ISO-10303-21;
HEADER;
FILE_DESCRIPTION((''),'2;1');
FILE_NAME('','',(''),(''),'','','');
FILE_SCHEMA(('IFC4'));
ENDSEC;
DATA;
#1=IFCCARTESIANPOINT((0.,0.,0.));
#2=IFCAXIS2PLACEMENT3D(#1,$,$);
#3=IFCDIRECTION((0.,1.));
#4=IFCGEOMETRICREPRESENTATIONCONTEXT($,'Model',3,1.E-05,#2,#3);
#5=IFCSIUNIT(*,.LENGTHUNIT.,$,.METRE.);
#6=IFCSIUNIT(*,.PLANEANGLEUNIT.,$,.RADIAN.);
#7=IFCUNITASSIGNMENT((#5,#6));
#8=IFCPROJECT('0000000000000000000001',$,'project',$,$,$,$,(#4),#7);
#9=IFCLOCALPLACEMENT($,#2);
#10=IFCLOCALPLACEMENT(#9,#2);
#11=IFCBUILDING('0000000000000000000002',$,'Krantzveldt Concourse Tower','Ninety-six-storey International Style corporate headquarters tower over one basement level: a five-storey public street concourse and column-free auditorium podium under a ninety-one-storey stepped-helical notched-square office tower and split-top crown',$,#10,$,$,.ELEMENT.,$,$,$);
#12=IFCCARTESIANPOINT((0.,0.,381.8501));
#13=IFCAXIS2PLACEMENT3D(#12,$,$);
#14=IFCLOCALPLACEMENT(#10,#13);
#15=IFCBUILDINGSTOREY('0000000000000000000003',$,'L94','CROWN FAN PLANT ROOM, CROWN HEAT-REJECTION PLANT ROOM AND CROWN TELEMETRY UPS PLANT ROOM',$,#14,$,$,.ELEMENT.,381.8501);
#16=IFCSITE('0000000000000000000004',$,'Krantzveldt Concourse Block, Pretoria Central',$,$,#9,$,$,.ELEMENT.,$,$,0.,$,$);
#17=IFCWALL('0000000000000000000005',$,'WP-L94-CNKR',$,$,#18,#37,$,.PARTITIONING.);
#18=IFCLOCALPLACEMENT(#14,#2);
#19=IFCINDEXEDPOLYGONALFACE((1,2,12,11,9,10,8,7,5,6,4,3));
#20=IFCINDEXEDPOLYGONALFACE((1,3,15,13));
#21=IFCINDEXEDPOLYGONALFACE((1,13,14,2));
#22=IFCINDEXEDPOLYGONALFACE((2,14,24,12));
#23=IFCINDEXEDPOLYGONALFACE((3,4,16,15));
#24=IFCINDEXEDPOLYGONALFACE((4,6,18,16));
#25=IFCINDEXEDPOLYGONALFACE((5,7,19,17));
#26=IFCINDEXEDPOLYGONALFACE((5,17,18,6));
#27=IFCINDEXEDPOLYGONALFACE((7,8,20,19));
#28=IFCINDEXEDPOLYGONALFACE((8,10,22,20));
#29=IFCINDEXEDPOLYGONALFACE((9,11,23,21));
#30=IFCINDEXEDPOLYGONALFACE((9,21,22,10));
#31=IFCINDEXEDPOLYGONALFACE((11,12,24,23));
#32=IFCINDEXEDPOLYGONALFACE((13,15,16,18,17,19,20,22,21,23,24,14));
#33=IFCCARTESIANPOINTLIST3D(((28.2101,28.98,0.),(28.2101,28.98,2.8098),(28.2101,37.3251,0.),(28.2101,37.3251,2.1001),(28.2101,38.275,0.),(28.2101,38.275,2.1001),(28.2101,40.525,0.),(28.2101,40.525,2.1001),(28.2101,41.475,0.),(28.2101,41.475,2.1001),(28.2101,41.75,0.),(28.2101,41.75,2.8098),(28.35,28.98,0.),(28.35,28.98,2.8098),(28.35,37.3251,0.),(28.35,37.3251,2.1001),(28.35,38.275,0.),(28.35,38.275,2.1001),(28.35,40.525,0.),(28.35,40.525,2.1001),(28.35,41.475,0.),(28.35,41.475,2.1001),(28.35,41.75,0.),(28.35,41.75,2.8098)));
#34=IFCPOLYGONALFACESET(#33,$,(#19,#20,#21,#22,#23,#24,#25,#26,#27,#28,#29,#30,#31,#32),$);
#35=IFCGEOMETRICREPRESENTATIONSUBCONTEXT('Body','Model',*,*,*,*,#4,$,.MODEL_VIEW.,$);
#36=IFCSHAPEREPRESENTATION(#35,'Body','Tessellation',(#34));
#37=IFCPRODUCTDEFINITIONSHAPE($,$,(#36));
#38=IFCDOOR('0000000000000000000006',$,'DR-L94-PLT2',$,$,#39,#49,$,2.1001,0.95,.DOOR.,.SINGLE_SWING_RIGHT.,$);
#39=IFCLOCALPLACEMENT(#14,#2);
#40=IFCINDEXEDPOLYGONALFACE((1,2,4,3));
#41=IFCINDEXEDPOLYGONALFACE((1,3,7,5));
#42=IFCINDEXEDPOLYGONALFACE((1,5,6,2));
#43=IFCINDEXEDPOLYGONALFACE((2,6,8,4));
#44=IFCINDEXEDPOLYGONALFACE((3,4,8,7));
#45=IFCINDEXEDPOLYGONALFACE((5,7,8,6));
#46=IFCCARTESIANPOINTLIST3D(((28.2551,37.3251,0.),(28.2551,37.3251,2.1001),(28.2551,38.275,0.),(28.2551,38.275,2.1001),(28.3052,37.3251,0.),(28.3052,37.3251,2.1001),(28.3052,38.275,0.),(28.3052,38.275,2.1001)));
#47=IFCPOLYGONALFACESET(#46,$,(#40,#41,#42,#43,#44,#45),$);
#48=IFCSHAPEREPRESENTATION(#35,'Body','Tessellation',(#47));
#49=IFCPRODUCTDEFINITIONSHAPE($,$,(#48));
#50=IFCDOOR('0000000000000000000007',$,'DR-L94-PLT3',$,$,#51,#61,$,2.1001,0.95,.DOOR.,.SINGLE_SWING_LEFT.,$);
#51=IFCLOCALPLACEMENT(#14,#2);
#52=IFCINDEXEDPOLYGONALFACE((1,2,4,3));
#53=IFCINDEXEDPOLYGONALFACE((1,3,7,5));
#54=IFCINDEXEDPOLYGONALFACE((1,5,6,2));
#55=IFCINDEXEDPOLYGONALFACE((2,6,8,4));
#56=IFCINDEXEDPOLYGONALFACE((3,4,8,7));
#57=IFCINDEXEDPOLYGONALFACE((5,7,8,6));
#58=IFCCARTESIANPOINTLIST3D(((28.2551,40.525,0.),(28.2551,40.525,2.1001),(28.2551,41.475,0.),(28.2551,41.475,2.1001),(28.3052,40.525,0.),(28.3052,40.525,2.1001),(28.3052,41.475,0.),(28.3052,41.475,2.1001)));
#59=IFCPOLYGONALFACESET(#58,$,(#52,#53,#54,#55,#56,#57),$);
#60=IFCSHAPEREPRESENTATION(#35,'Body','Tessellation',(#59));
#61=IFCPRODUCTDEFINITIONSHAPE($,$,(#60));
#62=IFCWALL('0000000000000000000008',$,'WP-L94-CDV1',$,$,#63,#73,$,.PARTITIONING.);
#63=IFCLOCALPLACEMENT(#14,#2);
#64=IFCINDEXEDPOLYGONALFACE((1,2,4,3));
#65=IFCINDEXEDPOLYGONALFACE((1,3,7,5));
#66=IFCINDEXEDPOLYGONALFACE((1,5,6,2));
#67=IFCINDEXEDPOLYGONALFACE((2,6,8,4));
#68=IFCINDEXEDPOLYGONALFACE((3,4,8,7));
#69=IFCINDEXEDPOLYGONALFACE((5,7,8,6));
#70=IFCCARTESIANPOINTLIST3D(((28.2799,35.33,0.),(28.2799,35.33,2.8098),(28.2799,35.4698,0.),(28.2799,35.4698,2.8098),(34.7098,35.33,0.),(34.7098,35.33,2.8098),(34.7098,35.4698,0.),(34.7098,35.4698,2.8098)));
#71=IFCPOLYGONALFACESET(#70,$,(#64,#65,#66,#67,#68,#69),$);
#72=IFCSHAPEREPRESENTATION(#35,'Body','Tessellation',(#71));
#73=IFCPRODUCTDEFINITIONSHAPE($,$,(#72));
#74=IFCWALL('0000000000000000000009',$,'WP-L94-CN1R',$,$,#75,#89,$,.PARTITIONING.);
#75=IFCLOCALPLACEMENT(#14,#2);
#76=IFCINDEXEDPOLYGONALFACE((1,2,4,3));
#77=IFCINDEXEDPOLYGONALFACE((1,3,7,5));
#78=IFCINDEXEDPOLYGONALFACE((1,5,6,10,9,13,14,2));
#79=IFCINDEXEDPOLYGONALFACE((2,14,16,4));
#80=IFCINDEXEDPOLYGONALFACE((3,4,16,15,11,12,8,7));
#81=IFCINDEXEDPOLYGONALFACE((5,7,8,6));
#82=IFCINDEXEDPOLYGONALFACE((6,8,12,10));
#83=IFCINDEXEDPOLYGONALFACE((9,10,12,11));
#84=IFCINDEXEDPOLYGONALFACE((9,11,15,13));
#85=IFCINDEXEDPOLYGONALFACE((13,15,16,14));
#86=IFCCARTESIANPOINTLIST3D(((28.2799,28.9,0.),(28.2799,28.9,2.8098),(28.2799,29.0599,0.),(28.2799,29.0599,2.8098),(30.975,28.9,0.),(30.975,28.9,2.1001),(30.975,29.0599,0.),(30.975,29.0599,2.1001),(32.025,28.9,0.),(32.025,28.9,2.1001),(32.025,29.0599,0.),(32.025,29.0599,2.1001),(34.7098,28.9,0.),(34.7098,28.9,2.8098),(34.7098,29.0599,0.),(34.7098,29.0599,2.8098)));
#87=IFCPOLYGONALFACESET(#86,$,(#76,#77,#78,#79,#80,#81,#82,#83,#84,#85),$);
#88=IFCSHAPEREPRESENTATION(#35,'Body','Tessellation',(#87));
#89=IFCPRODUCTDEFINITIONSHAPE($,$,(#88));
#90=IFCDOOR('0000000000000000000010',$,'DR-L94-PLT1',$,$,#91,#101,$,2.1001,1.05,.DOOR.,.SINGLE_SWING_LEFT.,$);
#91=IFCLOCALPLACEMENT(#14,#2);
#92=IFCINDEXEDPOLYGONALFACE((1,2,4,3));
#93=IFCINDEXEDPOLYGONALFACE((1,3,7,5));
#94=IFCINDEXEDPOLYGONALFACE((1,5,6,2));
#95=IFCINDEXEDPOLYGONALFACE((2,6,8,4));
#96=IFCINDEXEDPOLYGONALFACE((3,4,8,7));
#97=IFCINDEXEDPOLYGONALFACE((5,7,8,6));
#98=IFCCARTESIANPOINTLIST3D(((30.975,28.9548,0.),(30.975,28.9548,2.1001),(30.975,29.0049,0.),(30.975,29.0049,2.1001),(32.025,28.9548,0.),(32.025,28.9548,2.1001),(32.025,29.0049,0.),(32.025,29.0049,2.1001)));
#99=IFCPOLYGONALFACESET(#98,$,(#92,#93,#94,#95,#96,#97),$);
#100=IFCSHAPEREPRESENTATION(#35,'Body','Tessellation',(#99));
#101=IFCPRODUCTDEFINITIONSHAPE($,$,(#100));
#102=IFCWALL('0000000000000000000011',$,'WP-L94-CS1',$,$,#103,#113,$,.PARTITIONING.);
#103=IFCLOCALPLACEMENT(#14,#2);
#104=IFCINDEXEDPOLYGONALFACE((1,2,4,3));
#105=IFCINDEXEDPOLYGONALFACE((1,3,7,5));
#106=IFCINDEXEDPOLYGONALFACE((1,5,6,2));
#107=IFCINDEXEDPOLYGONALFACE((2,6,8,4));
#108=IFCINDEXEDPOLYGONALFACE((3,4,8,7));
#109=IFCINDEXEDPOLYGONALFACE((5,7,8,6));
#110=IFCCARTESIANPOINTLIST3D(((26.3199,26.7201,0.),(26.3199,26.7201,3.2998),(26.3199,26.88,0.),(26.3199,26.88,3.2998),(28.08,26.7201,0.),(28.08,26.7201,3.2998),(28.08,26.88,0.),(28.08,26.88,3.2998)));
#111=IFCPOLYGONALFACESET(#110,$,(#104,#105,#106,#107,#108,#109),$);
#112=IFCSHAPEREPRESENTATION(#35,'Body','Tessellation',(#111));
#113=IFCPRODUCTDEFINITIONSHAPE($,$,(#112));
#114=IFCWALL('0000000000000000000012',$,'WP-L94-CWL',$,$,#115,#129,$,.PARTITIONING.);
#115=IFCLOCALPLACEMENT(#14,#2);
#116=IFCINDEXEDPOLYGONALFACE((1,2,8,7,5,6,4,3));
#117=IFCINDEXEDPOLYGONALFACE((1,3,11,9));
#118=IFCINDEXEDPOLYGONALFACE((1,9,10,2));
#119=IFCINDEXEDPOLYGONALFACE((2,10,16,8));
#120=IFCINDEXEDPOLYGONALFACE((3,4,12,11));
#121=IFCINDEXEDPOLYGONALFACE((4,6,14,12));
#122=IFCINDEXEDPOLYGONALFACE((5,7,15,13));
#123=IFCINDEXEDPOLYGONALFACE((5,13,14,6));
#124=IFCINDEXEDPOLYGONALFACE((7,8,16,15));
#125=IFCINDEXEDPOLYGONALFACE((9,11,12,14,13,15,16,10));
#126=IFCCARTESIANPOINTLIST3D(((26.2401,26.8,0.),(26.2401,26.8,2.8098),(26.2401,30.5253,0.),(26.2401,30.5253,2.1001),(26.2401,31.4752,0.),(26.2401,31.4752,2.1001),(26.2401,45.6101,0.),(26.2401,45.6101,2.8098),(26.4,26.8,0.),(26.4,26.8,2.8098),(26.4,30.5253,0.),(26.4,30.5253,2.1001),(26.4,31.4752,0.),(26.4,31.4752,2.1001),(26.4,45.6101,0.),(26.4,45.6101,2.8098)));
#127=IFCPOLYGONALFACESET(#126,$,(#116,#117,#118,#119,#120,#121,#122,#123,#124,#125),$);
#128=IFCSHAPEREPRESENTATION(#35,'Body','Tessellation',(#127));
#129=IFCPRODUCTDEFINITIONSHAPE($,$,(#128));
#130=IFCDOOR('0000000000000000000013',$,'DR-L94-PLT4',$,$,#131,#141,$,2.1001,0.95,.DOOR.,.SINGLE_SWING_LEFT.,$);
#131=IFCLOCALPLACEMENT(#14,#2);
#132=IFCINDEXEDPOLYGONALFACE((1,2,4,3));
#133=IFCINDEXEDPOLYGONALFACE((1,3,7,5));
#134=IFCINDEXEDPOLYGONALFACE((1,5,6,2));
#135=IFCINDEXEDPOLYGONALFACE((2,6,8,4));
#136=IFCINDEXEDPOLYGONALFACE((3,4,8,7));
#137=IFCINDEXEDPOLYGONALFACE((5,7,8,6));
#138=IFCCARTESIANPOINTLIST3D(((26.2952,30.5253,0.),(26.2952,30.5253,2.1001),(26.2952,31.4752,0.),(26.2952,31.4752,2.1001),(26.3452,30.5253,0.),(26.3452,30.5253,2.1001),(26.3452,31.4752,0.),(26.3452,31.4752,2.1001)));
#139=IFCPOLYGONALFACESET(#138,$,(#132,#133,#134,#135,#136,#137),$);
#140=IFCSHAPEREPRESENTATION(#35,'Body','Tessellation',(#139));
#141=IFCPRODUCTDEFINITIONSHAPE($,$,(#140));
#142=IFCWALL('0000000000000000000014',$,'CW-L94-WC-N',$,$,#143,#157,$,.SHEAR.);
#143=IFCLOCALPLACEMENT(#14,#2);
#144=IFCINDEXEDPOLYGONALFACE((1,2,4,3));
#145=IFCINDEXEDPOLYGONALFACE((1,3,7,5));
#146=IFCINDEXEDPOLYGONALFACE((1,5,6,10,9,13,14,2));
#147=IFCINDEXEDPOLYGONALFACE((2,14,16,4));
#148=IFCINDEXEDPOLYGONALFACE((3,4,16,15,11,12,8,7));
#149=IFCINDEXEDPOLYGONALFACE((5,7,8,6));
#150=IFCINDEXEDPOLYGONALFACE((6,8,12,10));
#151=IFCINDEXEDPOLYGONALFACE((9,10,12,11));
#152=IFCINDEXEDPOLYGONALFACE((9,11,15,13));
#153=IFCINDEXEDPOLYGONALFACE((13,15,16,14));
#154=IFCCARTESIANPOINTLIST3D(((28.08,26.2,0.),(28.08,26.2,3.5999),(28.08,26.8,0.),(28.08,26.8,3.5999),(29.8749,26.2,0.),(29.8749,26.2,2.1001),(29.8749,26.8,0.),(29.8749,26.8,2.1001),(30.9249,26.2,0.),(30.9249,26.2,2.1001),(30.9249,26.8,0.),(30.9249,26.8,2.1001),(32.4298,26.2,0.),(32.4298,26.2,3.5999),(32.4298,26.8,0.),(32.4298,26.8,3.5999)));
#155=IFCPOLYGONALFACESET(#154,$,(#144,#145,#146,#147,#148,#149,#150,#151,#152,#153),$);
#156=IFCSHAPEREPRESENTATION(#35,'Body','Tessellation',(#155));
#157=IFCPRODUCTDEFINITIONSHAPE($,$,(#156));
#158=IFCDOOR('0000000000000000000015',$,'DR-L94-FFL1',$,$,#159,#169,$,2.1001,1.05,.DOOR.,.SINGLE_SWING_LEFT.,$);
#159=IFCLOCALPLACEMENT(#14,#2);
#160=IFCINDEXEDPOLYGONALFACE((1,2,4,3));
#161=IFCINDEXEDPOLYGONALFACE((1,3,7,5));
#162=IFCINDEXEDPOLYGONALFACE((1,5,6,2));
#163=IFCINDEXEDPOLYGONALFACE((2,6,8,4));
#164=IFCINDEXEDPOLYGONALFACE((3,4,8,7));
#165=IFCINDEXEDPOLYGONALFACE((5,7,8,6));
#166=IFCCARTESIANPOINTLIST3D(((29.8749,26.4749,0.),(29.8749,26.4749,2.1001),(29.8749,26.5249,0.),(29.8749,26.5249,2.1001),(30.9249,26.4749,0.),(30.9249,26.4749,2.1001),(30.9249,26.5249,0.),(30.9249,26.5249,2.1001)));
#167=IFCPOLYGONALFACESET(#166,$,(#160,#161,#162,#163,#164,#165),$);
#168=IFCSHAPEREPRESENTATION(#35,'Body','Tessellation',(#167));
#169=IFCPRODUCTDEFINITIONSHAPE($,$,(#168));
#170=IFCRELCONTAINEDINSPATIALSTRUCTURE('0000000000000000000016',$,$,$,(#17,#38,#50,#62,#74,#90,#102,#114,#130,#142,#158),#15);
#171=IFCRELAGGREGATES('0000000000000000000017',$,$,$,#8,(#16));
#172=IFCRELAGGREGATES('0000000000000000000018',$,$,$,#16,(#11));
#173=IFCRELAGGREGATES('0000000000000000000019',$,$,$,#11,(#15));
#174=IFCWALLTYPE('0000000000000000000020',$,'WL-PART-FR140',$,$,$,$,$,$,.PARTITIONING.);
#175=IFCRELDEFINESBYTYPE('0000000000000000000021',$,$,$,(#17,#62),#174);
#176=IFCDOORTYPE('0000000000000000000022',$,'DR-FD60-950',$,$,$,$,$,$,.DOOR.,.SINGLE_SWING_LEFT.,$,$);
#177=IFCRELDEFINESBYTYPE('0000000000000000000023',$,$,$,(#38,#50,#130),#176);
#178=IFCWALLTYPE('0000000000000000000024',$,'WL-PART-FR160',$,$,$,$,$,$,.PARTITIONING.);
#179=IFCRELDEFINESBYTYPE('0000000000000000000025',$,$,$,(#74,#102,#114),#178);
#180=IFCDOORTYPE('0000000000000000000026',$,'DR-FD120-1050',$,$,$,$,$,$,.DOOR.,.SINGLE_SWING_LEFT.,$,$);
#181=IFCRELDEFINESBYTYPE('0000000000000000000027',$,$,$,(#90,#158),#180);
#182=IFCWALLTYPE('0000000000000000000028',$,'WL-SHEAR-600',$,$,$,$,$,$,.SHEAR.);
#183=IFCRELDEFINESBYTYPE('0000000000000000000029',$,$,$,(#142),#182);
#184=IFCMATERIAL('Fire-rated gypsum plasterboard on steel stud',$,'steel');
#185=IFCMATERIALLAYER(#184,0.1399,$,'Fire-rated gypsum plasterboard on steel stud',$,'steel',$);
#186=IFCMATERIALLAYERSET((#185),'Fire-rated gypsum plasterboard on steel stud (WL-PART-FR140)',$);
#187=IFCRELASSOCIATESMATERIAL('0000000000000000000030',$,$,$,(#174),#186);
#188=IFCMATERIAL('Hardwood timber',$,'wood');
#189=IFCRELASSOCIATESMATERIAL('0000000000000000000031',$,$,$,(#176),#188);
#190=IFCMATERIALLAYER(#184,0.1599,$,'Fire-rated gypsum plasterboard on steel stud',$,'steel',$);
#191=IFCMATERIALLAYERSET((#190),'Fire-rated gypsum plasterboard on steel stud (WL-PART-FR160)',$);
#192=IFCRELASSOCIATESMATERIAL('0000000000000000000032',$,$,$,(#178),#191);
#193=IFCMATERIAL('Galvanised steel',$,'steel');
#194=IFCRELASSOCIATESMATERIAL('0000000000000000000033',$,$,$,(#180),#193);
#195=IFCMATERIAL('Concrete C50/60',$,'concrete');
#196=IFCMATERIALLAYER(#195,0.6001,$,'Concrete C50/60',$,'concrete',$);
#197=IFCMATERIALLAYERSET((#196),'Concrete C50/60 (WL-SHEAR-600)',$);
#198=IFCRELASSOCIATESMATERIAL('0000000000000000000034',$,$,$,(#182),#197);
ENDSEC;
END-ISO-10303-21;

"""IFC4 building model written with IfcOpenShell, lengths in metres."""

from ifc_helpers import new_model, si_unit, direction, frame, frame_2d, origin, place, context, subcontext, project, spatial, rectangle, extrude, material, layer, layer_set, type_object, element, fill, save


model = new_model("IFC4")

# Units and contexts
model_context = context("Model", 3, precision=1e-05, world=origin(), true_north=direction((0.0, 1.0)))
body_context = subcontext(model_context, "Body", "Model", "MODEL_VIEW")
ifc_project = project(units=[si_unit("LENGTHUNIT", "METRE"), si_unit("PLANEANGLEUNIT", "RADIAN")], contexts=[model_context])

# Site, building, storey
site_placement = place(None, origin())
site = spatial("IfcSite", under=ifc_project, at=site_placement, Name="Krantzveldt Concourse Block, Pretoria Central", CompositionType="ELEMENT", RefElevation=0.0)
building_placement = place(site_placement, origin())
building = spatial("IfcBuilding", under=site, at=building_placement, Name="Krantzveldt Concourse Tower", Description="Ninety-six-storey International Style corporate headquarters tower over one basement level: a five-storey public street concourse and column-free auditorium podium under a ninety-one-storey stepped-helical notched-square office tower and split-top crown", CompositionType="ELEMENT")
storey_placement = place(building_placement, frame((0.0, 0.0, 381.8501)))
storey = spatial("IfcBuildingStorey", under=building, at=storey_placement, Name="L94", Description="CROWN FAN PLANT ROOM, CROWN HEAT-REJECTION PLANT ROOM AND CROWN TELEMETRY UPS PLANT ROOM", CompositionType="ELEMENT", Elevation=381.8501)

# Shared definitions
ifc_material_1 = material(Name="Fire-rated gypsum plasterboard on steel stud", Category="steel")
ifc_layer_1 = layer(ifc_material_1, 0.1399, Name="Fire-rated gypsum plasterboard on steel stud", Category="steel")
ifc_layer_set_1 = layer_set([ifc_layer_1], Name="Fire-rated gypsum plasterboard on steel stud (WL-PART-FR140)")
wall_type_1 = type_object("IfcWallType", Name="WL-PART-FR140", PredefinedType="PARTITIONING", material=ifc_layer_set_1)

# Wall, openings, doors
wall_1_placement = place(storey_placement, frame((28.28, 28.98, 0.0), z_axis=(0.0, 0.0, 1.0), x_axis=(0.0, 1.0, 0.0)))
wall_1 = element("IfcWall", 1, at=wall_1_placement, inside=storey, type_object=wall_type_1, Name="WP-L94-CNKR", PredefinedType="PARTITIONING", context=body_context, shape_type="SweptSolid", body=[
    extrude(rectangle(XDim=12.77, YDim=0.1399, at=frame_2d((6.385, 0.0))), origin(), (0.0, 0.0, 1.0), 2.8098),
])
opening_1_placement = place(wall_1_placement, frame((8.345, 0.0, 0.0)))
opening_1 = element("IfcOpeningElement", 2, at=opening_1_placement, cuts=wall_1, PredefinedType="OPENING", context=body_context, shape_type="SweptSolid", body=[
    extrude(rectangle(XDim=0.95, YDim=2.1001, at=frame_2d((0.4751, 1.05))), frame((0.0, 0.0801, 0.0), z_axis=(0.0, -1.0, 0.0), x_axis=(1.0, 0.0, 0.0)), (0.0, 0.0, 1.0), 0.1599),
])
opening_2_placement = place(wall_1_placement, frame((11.5449, 0.0, 0.0)))
opening_2 = element("IfcOpeningElement", 3, at=opening_2_placement, cuts=wall_1, PredefinedType="OPENING", context=body_context, shape_type="SweptSolid", body=[
    extrude(rectangle(XDim=0.95, YDim=2.1001, at=frame_2d((0.4751, 1.05))), frame((0.0, 0.0801, 0.0), z_axis=(0.0, -1.0, 0.0), x_axis=(1.0, 0.0, 0.0)), (0.0, 0.0, 1.0), 0.1599),
])
ifc_material_2 = material(Name="Hardwood timber", Category="wood")
door_type_1 = type_object("IfcDoorType", Name="DR-FD60-950", OperationType="SINGLE_SWING_LEFT", PredefinedType="DOOR", material=ifc_material_2)
door_1_placement = place(opening_1_placement, origin())
door_1 = element("IfcDoor", 4, at=door_1_placement, inside=storey, type_object=door_type_1, Name="DR-L94-PLT2", OperationType="SINGLE_SWING_RIGHT", OverallHeight=2.1001, OverallWidth=0.95, PredefinedType="DOOR", context=body_context, shape_type="SweptSolid", body=[
    extrude(rectangle(XDim=0.95, YDim=2.1001, at=frame_2d((0.4751, 1.05))), frame((0.0, 0.0249, 0.0), z_axis=(0.0, -1.0, 0.0), x_axis=(1.0, 0.0, 0.0)), (0.0, 0.0, 1.0), 0.05),
])
fill(opening_1, door_1)
door_2_placement = place(opening_2_placement, origin())
door_2 = element("IfcDoor", 5, at=door_2_placement, inside=storey, type_object=door_type_1, Name="DR-L94-PLT3", OperationType="SINGLE_SWING_LEFT", OverallHeight=2.1001, OverallWidth=0.95, PredefinedType="DOOR", context=body_context, shape_type="SweptSolid", body=[
    extrude(rectangle(XDim=0.95, YDim=2.1001, at=frame_2d((0.4751, 1.05))), frame((0.0, 0.0249, 0.0), z_axis=(0.0, -1.0, 0.0), x_axis=(1.0, 0.0, 0.0)), (0.0, 0.0, 1.0), 0.05),
])
fill(opening_2, door_2)

# Wall
wall_2_placement = place(storey_placement, frame((28.28, 35.3999, 0.0), z_axis=(0.0, 0.0, 1.0), x_axis=(1.0, 0.0, 0.0)))
element("IfcWall", 6, at=wall_2_placement, inside=storey, type_object=wall_type_1, Name="WP-L94-CDV1", PredefinedType="PARTITIONING", context=body_context, shape_type="SweptSolid", body=[
    extrude(rectangle(XDim=6.4299, YDim=0.1399, at=frame_2d((3.2148, 0.0))), origin(), (0.0, 0.0, 1.0), 2.8098),
])

# Wall, opening, door
ifc_layer_2 = layer(ifc_material_1, 0.1599, Name="Fire-rated gypsum plasterboard on steel stud", Category="steel")
ifc_layer_set_2 = layer_set([ifc_layer_2], Name="Fire-rated gypsum plasterboard on steel stud (WL-PART-FR160)")
wall_type_2 = type_object("IfcWallType", Name="WL-PART-FR160", PredefinedType="PARTITIONING", material=ifc_layer_set_2)
wall_3_placement = place(storey_placement, frame((28.28, 28.98, 0.0), z_axis=(0.0, 0.0, 1.0), x_axis=(1.0, 0.0, 0.0)))
wall_3 = element("IfcWall", 7, at=wall_3_placement, inside=storey, type_object=wall_type_2, Name="WP-L94-CN1R", PredefinedType="PARTITIONING", context=body_context, shape_type="SweptSolid", body=[
    extrude(rectangle(XDim=6.4299, YDim=0.1599, at=frame_2d((3.2148, 0.0))), origin(), (0.0, 0.0, 1.0), 2.8098),
])
opening_3_placement = place(wall_3_placement, frame((2.6951, 0.0, 0.0)))
opening_3 = element("IfcOpeningElement", 8, at=opening_3_placement, cuts=wall_3, PredefinedType="OPENING", context=body_context, shape_type="SweptSolid", body=[
    extrude(rectangle(XDim=1.05, YDim=2.1001, at=frame_2d((0.5249, 1.05))), frame((0.0, 0.0898, 0.0), z_axis=(0.0, -1.0, 0.0), x_axis=(1.0, 0.0, 0.0)), (0.0, 0.0, 1.0), 0.1799),
])
ifc_material_3 = material(Name="Galvanised steel", Category="steel")
door_type_2 = type_object("IfcDoorType", Name="DR-FD120-1050", OperationType="SINGLE_SWING_LEFT", PredefinedType="DOOR", material=ifc_material_3)
door_3_placement = place(opening_3_placement, origin())
door_3 = element("IfcDoor", 9, at=door_3_placement, inside=storey, type_object=door_type_2, Name="DR-L94-PLT1", OperationType="SINGLE_SWING_LEFT", OverallHeight=2.1001, OverallWidth=1.05, PredefinedType="DOOR", context=body_context, shape_type="SweptSolid", body=[
    extrude(rectangle(XDim=1.05, YDim=2.1001, at=frame_2d((0.5249, 1.05))), frame((0.0, 0.0249, 0.0), z_axis=(0.0, -1.0, 0.0), x_axis=(1.0, 0.0, 0.0)), (0.0, 0.0, 1.0), 0.05),
])
fill(opening_3, door_3)

# Wall
wall_4_placement = place(storey_placement, frame((26.3201, 26.8, 0.0), z_axis=(0.0, 0.0, 1.0), x_axis=(1.0, 0.0, 0.0)))
element("IfcWall", 10, at=wall_4_placement, inside=storey, type_object=wall_type_2, Name="WP-L94-CS1", PredefinedType="PARTITIONING", context=body_context, shape_type="SweptSolid", body=[
    extrude(rectangle(XDim=1.76, YDim=0.1599, at=frame_2d((0.8799, 0.0))), origin(), (0.0, 0.0, 1.0), 3.2998),
])

# Walls, openings, doors
wall_5_placement = place(storey_placement, frame((26.3201, 26.8, 0.0), z_axis=(0.0, 0.0, 1.0), x_axis=(0.0, 1.0, 0.0)))
wall_5 = element("IfcWall", 11, at=wall_5_placement, inside=storey, type_object=wall_type_2, Name="WP-L94-CWL", PredefinedType="PARTITIONING", context=body_context, shape_type="SweptSolid", body=[
    extrude(rectangle(XDim=18.8101, YDim=0.1599, at=frame_2d((9.405, 0.0))), origin(), (0.0, 0.0, 1.0), 2.8098),
])
opening_4_placement = place(wall_5_placement, frame((3.7251, 0.0, 0.0)))
opening_4 = element("IfcOpeningElement", 12, at=opening_4_placement, cuts=wall_5, PredefinedType="OPENING", context=body_context, shape_type="SweptSolid", body=[
    extrude(rectangle(XDim=0.95, YDim=2.1001, at=frame_2d((0.4751, 1.05))), frame((0.0, 0.0898, 0.0), z_axis=(0.0, -1.0, 0.0), x_axis=(1.0, 0.0, 0.0)), (0.0, 0.0, 1.0), 0.1799),
])
door_4_placement = place(opening_4_placement, origin())
door_4 = element("IfcDoor", 13, at=door_4_placement, inside=storey, type_object=door_type_1, Name="DR-L94-PLT4", OperationType="SINGLE_SWING_LEFT", OverallHeight=2.1001, OverallWidth=0.95, PredefinedType="DOOR", context=body_context, shape_type="SweptSolid", body=[
    extrude(rectangle(XDim=0.95, YDim=2.1001, at=frame_2d((0.4751, 1.05))), frame((0.0, 0.0249, 0.0), z_axis=(0.0, -1.0, 0.0), x_axis=(1.0, 0.0, 0.0)), (0.0, 0.0, 1.0), 0.05),
])
fill(opening_4, door_4)
ifc_material_4 = material(Name="Concrete C50/60", Category="concrete")
ifc_layer_3 = layer(ifc_material_4, 0.6001, Name="Concrete C50/60", Category="concrete")
ifc_layer_set_3 = layer_set([ifc_layer_3], Name="Concrete C50/60 (WL-SHEAR-600)")
wall_type_3 = type_object("IfcWallType", Name="WL-SHEAR-600", PredefinedType="SHEAR", material=ifc_layer_set_3)
wall_6_placement = place(storey_placement, frame((28.0801, 26.5, 0.0), z_axis=(0.0, 0.0, 1.0), x_axis=(1.0, 0.0, 0.0)))
wall_6 = element("IfcWall", 14, at=wall_6_placement, inside=storey, type_object=wall_type_3, Name="CW-L94-WC-N", PredefinedType="SHEAR", context=body_context, shape_type="SweptSolid", body=[
    extrude(rectangle(XDim=4.3499, YDim=0.6001, at=frame_2d((2.1748, 0.0))), origin(), (0.0, 0.0, 1.0), 3.5999),
])
opening_5_placement = place(wall_6_placement, frame((1.7949, 0.0, 0.0)))
opening_5 = element("IfcOpeningElement", 15, at=opening_5_placement, cuts=wall_6, PredefinedType="OPENING", context=body_context, shape_type="SweptSolid", body=[
    extrude(rectangle(XDim=1.05, YDim=2.1001, at=frame_2d((0.5249, 1.05))), frame((0.0, 0.3101, 0.0), z_axis=(0.0, -1.0, 0.0), x_axis=(1.0, 0.0, 0.0)), (0.0, 0.0, 1.0), 0.6201),
])
door_5_placement = place(opening_5_placement, origin())
door_5 = element("IfcDoor", 16, at=door_5_placement, inside=storey, type_object=door_type_2, Name="DR-L94-FFL1", OperationType="SINGLE_SWING_LEFT", OverallHeight=2.1001, OverallWidth=1.05, PredefinedType="DOOR", context=body_context, shape_type="SweptSolid", body=[
    extrude(rectangle(XDim=1.05, YDim=2.1001, at=frame_2d((0.5249, 1.05))), frame((0.0, 0.0249, 0.0), z_axis=(0.0, -1.0, 0.0), x_axis=(1.0, 0.0, 0.0)), (0.0, 0.0, 1.0), 0.05),
])
fill(opening_5, door_5)

save(model, "model.ifc")
